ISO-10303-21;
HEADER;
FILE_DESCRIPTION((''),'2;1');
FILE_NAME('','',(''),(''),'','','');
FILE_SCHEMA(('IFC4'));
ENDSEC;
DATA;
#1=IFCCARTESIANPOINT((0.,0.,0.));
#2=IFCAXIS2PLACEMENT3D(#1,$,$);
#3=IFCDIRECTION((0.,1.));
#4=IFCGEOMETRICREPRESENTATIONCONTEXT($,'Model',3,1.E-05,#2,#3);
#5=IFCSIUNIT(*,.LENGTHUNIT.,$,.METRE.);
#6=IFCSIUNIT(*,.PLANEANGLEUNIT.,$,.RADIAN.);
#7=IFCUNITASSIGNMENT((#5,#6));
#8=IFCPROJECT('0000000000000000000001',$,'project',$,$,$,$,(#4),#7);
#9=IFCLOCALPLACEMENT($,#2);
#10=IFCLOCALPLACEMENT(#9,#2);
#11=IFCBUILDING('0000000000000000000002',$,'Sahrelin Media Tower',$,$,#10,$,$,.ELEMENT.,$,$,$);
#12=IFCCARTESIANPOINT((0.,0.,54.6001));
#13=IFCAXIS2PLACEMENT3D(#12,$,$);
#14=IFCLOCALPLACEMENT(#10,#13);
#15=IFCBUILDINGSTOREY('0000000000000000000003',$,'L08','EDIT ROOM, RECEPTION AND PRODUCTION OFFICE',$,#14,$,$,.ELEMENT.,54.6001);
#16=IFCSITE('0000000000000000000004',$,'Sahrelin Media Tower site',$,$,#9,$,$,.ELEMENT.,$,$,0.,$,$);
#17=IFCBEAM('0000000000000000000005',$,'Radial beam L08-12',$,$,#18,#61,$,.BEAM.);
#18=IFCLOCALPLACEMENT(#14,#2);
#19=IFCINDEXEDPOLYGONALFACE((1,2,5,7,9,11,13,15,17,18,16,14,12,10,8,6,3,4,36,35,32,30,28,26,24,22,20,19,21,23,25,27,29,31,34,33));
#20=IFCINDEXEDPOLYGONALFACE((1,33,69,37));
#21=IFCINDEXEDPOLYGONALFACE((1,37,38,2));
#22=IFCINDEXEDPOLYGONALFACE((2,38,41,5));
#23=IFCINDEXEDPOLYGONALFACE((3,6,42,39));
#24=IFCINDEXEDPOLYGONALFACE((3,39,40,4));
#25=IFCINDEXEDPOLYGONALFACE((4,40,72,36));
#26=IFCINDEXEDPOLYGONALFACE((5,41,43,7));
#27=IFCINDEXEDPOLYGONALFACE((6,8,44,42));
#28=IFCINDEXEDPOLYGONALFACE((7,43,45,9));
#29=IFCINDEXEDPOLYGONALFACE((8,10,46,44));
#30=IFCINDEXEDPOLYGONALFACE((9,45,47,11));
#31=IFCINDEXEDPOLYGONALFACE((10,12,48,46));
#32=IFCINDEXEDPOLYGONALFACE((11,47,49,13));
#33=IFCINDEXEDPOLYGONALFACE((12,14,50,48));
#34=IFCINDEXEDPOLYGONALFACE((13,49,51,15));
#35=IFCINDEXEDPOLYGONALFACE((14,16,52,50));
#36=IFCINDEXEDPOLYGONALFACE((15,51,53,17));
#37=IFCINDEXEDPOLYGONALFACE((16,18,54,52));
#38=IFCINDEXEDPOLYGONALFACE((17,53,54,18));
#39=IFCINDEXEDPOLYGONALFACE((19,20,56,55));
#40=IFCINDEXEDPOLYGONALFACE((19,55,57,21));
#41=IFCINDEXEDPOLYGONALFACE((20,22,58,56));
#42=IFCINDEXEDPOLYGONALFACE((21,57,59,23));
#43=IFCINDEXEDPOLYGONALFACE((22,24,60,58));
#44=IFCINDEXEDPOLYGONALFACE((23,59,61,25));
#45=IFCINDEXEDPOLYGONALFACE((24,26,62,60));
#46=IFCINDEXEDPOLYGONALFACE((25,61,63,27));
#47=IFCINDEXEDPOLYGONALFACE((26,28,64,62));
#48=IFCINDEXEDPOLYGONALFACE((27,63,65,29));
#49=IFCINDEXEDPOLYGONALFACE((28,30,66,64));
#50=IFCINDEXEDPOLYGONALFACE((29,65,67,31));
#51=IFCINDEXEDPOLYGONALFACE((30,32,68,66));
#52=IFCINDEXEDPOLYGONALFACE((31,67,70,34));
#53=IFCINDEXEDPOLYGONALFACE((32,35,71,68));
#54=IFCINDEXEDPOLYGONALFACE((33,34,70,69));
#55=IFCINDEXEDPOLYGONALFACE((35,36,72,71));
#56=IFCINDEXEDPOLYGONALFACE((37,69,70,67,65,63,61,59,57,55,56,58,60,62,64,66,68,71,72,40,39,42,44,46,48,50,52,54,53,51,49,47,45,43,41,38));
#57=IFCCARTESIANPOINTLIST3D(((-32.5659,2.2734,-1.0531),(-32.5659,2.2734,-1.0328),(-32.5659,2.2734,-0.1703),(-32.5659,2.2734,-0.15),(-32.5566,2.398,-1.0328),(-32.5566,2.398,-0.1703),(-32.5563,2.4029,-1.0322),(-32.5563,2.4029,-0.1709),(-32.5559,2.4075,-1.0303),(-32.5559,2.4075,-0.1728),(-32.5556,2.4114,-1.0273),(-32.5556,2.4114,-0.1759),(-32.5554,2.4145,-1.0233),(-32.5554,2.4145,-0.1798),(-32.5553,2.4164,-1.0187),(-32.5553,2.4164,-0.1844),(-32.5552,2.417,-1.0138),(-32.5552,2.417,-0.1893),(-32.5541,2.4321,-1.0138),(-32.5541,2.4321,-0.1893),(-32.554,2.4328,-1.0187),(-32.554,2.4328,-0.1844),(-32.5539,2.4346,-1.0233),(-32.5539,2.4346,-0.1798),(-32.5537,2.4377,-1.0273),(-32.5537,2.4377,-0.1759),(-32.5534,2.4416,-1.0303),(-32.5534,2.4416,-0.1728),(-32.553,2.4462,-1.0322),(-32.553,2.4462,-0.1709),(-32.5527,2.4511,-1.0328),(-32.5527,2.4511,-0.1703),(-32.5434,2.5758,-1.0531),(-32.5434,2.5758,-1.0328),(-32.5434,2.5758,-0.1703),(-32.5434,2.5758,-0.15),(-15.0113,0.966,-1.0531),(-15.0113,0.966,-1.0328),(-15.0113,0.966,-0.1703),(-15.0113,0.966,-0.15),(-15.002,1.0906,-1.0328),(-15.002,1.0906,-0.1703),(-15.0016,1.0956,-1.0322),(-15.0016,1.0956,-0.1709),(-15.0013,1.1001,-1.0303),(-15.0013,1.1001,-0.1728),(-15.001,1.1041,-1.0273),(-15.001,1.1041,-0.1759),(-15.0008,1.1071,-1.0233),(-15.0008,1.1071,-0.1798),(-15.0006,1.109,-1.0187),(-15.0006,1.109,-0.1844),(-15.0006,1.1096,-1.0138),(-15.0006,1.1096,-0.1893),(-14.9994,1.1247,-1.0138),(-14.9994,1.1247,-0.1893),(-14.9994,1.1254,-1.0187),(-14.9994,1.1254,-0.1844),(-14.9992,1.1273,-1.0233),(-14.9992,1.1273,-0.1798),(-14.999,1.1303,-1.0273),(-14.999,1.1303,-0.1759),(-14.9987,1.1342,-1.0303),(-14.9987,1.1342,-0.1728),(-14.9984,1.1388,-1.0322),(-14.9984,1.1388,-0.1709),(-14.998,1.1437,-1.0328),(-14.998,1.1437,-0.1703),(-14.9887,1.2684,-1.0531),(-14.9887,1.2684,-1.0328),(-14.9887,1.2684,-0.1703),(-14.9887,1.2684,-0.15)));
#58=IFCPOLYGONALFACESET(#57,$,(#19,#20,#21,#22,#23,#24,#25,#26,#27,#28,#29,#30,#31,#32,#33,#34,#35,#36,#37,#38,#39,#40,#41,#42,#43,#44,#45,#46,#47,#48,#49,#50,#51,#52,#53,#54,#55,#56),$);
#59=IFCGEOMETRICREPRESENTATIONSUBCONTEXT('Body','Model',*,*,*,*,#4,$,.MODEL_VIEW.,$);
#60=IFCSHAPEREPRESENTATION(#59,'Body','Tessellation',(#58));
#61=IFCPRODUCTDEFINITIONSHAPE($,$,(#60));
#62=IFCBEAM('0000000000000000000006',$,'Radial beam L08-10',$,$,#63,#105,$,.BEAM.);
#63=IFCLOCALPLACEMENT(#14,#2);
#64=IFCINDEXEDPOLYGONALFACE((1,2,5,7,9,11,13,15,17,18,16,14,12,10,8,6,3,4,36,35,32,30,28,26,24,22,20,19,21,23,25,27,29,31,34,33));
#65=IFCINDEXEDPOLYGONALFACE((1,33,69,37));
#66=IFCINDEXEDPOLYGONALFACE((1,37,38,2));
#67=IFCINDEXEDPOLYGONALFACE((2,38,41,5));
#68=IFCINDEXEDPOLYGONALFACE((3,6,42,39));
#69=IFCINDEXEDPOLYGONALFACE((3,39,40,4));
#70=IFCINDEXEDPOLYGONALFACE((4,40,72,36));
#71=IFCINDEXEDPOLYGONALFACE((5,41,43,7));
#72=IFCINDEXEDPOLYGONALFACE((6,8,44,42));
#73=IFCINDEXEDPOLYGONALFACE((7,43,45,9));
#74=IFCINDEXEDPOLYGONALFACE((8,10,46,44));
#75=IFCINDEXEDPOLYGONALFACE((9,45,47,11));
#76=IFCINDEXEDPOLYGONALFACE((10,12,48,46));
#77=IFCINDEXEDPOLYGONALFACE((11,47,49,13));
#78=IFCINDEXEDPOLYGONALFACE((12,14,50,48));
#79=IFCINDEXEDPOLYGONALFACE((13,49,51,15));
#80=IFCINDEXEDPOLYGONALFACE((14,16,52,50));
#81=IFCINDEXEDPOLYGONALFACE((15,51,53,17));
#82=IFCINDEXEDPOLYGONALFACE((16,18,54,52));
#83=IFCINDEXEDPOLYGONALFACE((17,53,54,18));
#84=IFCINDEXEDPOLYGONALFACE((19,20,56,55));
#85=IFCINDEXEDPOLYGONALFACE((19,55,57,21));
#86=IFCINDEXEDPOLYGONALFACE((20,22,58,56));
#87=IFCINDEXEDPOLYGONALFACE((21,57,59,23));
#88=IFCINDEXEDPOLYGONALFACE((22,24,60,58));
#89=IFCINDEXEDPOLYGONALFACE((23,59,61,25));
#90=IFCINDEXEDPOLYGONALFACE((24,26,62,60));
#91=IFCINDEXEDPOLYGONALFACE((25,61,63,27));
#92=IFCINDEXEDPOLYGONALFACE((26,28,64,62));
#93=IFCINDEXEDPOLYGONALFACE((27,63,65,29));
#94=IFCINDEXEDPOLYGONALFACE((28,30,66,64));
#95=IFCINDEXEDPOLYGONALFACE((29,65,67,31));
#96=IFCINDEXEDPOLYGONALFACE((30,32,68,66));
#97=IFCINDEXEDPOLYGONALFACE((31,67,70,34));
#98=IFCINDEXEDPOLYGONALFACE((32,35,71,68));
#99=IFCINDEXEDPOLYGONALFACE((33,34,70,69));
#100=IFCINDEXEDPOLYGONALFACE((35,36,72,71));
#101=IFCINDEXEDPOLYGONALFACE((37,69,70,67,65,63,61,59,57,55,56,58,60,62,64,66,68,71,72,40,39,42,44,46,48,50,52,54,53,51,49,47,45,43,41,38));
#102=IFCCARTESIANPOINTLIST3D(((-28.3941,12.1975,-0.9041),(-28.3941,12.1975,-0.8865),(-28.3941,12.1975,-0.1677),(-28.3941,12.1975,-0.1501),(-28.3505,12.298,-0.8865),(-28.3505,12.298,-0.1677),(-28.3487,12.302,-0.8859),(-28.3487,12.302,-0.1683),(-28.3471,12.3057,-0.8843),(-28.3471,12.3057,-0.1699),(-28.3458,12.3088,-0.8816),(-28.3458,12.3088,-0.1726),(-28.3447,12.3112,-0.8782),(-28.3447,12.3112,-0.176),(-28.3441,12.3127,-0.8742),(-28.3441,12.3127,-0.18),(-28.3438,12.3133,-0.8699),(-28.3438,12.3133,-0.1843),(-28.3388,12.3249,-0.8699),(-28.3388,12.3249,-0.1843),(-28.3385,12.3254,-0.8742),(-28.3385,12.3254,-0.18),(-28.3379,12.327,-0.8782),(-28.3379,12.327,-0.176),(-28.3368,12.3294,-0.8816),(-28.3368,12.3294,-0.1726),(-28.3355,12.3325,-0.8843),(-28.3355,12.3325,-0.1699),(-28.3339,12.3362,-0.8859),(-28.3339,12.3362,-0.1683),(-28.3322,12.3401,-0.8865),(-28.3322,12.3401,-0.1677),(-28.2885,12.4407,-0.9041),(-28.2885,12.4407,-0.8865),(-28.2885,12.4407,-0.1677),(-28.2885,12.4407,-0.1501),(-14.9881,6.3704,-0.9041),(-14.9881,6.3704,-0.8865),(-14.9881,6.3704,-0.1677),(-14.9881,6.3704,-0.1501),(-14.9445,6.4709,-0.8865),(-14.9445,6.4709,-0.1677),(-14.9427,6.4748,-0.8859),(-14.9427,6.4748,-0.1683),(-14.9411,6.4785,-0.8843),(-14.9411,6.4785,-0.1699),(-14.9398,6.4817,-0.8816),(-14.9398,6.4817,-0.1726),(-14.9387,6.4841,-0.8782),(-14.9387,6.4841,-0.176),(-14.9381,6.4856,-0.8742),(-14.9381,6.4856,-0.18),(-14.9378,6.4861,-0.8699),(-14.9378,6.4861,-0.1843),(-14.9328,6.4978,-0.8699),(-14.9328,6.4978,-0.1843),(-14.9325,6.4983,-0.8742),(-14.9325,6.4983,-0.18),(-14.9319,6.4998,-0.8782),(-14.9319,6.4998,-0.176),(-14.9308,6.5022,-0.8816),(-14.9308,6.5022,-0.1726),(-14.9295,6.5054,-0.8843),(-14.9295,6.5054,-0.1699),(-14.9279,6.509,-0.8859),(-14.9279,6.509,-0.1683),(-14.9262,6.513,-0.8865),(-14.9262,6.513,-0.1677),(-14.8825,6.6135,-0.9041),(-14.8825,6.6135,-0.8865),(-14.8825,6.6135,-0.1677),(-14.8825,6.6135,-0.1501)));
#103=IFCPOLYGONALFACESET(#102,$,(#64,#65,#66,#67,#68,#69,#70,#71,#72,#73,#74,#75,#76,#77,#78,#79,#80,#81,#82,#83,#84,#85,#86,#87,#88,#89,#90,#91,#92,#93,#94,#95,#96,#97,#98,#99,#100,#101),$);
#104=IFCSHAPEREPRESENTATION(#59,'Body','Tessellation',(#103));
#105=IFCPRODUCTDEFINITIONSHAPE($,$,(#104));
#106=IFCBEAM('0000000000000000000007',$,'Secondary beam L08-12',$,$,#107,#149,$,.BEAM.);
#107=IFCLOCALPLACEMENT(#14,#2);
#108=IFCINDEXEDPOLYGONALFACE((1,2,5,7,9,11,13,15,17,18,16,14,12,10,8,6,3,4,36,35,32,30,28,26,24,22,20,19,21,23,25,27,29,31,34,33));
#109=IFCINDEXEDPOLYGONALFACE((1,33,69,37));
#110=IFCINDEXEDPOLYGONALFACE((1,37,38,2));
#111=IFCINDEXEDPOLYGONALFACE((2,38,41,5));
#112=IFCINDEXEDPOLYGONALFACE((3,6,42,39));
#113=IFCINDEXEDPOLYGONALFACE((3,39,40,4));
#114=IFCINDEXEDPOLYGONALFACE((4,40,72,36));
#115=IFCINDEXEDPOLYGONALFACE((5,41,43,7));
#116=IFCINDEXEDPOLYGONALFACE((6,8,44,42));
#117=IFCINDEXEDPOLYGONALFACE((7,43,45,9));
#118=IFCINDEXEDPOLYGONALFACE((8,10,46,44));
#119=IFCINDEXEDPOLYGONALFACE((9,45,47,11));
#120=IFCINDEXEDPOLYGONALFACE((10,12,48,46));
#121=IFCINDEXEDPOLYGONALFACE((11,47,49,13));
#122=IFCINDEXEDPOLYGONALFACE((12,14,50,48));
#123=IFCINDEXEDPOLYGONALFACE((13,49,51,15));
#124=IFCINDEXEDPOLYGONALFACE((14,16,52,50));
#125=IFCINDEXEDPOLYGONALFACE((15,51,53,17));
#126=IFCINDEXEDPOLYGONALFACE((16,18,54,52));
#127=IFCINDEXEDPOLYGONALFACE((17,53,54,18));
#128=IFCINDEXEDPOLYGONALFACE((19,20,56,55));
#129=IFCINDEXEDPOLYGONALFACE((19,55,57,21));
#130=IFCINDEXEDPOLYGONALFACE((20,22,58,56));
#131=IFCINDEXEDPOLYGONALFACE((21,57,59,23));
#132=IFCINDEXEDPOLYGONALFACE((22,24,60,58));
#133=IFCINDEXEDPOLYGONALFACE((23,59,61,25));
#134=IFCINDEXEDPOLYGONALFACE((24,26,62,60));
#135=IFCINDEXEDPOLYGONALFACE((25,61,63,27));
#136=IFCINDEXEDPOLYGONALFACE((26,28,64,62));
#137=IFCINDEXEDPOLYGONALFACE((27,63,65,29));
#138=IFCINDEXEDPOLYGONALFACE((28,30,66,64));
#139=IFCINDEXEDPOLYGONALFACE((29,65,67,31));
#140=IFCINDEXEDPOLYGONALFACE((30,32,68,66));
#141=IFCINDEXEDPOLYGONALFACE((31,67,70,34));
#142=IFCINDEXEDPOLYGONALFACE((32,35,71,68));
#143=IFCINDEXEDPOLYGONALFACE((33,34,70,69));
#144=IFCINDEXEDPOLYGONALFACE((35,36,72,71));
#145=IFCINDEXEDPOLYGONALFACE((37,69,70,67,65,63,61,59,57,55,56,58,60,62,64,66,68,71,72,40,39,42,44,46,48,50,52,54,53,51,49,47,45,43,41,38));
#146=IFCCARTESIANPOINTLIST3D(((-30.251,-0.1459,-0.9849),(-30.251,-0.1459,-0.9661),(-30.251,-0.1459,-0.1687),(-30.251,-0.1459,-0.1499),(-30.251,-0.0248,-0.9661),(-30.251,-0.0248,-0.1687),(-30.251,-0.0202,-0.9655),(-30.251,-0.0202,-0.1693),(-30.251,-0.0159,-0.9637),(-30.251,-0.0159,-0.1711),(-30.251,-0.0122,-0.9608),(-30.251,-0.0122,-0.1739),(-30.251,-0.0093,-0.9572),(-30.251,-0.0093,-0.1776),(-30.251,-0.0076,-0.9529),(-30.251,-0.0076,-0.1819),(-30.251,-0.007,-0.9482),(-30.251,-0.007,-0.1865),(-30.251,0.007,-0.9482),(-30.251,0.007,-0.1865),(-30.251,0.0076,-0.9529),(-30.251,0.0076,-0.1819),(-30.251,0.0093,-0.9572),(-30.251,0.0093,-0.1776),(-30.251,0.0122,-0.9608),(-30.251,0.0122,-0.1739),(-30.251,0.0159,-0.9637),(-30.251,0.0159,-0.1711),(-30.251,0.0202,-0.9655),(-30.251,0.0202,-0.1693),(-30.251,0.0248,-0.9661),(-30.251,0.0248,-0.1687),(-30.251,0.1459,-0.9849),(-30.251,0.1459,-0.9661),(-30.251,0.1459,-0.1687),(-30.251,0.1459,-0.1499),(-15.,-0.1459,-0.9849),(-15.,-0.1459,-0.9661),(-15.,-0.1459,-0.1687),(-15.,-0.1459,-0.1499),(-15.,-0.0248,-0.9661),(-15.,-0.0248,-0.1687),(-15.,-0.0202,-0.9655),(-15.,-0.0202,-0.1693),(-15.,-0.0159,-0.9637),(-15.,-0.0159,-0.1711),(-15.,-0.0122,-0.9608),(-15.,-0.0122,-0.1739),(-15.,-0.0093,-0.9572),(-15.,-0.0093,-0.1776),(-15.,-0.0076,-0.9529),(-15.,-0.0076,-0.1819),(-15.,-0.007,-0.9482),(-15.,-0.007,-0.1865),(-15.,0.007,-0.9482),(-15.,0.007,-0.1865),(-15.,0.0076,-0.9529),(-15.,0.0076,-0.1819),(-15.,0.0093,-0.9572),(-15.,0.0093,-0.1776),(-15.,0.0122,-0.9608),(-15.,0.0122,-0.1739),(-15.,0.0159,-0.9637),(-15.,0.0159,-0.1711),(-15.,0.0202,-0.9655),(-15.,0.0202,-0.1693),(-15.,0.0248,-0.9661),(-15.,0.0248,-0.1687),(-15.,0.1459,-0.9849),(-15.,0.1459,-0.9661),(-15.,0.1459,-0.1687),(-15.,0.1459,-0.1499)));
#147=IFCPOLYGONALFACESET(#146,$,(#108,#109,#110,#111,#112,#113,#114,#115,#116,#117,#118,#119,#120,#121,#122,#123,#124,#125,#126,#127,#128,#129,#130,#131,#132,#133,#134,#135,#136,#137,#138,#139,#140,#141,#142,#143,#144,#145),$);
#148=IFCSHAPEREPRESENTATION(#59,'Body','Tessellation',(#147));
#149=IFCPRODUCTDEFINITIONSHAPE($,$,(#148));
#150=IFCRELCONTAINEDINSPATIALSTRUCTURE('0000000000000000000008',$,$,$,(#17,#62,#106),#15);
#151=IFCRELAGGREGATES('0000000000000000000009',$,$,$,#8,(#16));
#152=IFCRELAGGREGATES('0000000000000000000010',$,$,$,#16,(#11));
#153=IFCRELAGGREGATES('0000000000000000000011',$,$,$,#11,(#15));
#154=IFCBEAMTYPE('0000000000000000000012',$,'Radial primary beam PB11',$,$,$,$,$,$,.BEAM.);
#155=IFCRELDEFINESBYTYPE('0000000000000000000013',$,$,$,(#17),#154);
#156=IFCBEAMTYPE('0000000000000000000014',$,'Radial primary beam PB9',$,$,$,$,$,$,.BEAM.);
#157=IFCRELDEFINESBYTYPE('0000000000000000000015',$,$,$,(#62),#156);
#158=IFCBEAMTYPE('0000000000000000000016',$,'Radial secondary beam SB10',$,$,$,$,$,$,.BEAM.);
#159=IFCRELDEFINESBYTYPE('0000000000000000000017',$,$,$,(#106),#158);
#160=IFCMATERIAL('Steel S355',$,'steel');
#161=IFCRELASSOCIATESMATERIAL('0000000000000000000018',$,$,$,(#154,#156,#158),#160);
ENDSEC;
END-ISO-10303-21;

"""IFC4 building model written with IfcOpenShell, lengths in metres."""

from ifc_helpers import new_model, si_unit, direction, frame, origin, origin_2d, place, context, subcontext, project, spatial, i_section, extrude, material, material_profile, profile_set, type_object, element, save


model = new_model("IFC4")

# Units and contexts
model_context = context("Model", 3, precision=1e-05, world=origin(), true_north=direction((0.0, 1.0)))
body_context = subcontext(model_context, "Body", "Model", "MODEL_VIEW")
ifc_project = project(units=[si_unit("LENGTHUNIT", "METRE"), si_unit("PLANEANGLEUNIT", "RADIAN")], contexts=[model_context])

# Site, building, storey
site_placement = place(None, origin())
site = spatial("IfcSite", under=ifc_project, at=site_placement, Name="Sahrelin Media Tower site", CompositionType="ELEMENT", RefElevation=0.0)
building_placement = place(site_placement, origin())
building = spatial("IfcBuilding", under=site, at=building_placement, Name="Sahrelin Media Tower", CompositionType="ELEMENT")
storey_placement = place(building_placement, frame((0.0, 0.0, 54.6001)))
storey = spatial("IfcBuildingStorey", under=building, at=storey_placement, Name="L08", Description="EDIT ROOM, RECEPTION AND PRODUCTION OFFICE", CompositionType="ELEMENT", Elevation=54.6001)

# Shared definitions
ifc_material_1 = material(Name="Steel S355", Category="steel")

# Beams
ifc_material_profile_1 = material_profile(ifc_material_1, i_section(OverallWidth=0.3032, OverallDepth=0.9031, WebThickness=0.0151, FlangeThickness=0.0203, FilletRadius=0.019, at=origin_2d()), Name="UB 914x305x201")
ifc_profile_set_1 = profile_set([ifc_material_profile_1], Name="Steel S355")
beam_type_1 = type_object("IfcBeamType", Name="Radial primary beam PB11", PredefinedType="BEAM", material=ifc_profile_set_1)
beam_1_placement = place(storey_placement, frame((-15.0, 1.1172, -0.6016), z_axis=(-0.997238, 0.074269, 0.0), x_axis=(-0.074269, -0.997238, 0.0)))
element("IfcBeam", 1, at=beam_1_placement, inside=storey, type_object=beam_type_1, Name="Radial beam L08-12", PredefinedType="BEAM", context=body_context, shape_type="SweptSolid", body=[
    extrude(i_section(OverallWidth=0.3032, OverallDepth=0.9031, WebThickness=0.0151, FlangeThickness=0.0203, FilletRadius=0.019, at=origin_2d()), origin(), (0.0, 0.0, 1.0), 17.6033),
])
ifc_material_profile_2 = material_profile(ifc_material_1, i_section(OverallWidth=0.2651, OverallDepth=0.7539, WebThickness=0.0127, FlangeThickness=0.0176, FilletRadius=0.0166, at=origin_2d()), Name="UB 762x267x147")
ifc_profile_set_2 = profile_set([ifc_material_profile_2], Name="Steel S355")
beam_type_2 = type_object("IfcBeamType", Name="Radial primary beam PB9", PredefinedType="BEAM", material=ifc_profile_set_2)
beam_2_placement = place(storey_placement, frame((-14.9353, 6.4919, -0.5271), z_axis=(-0.917109, 0.398637, 0.0), x_axis=(-0.398637, -0.917109, 0.0)))
element("IfcBeam", 2, at=beam_2_placement, inside=storey, type_object=beam_type_2, Name="Radial beam L08-10", PredefinedType="BEAM", context=body_context, shape_type="SweptSolid", body=[
    extrude(i_section(OverallWidth=0.2651, OverallDepth=0.7539, WebThickness=0.0127, FlangeThickness=0.0176, FilletRadius=0.0166, at=origin_2d()), origin(), (0.0, 0.0, 1.0), 14.6177),
])
ifc_material_profile_3 = material_profile(ifc_material_1, i_section(OverallWidth=0.2917, OverallDepth=0.835, WebThickness=0.0139, FlangeThickness=0.0188, FilletRadius=0.0178, at=origin_2d()), Name="UB 838x292x176")
ifc_profile_set_3 = profile_set([ifc_material_profile_3], Name="Steel S355")
beam_type_3 = type_object("IfcBeamType", Name="Radial secondary beam SB10", PredefinedType="BEAM", material=ifc_profile_set_3)
beam_3_placement = place(storey_placement, frame((-15.0, 0.0, -0.5674), z_axis=(-1.0, 0.0, 0.0), x_axis=(0.0, -1.0, 0.0)))
element("IfcBeam", 3, at=beam_3_placement, inside=storey, type_object=beam_type_3, Name="Secondary beam L08-12", PredefinedType="BEAM", context=body_context, shape_type="SweptSolid", body=[
    extrude(i_section(OverallWidth=0.2917, OverallDepth=0.835, WebThickness=0.0139, FlangeThickness=0.0188, FilletRadius=0.0178, at=origin_2d()), origin(), (0.0, 0.0, 1.0), 15.251),
])

save(model, "model.ifc")
